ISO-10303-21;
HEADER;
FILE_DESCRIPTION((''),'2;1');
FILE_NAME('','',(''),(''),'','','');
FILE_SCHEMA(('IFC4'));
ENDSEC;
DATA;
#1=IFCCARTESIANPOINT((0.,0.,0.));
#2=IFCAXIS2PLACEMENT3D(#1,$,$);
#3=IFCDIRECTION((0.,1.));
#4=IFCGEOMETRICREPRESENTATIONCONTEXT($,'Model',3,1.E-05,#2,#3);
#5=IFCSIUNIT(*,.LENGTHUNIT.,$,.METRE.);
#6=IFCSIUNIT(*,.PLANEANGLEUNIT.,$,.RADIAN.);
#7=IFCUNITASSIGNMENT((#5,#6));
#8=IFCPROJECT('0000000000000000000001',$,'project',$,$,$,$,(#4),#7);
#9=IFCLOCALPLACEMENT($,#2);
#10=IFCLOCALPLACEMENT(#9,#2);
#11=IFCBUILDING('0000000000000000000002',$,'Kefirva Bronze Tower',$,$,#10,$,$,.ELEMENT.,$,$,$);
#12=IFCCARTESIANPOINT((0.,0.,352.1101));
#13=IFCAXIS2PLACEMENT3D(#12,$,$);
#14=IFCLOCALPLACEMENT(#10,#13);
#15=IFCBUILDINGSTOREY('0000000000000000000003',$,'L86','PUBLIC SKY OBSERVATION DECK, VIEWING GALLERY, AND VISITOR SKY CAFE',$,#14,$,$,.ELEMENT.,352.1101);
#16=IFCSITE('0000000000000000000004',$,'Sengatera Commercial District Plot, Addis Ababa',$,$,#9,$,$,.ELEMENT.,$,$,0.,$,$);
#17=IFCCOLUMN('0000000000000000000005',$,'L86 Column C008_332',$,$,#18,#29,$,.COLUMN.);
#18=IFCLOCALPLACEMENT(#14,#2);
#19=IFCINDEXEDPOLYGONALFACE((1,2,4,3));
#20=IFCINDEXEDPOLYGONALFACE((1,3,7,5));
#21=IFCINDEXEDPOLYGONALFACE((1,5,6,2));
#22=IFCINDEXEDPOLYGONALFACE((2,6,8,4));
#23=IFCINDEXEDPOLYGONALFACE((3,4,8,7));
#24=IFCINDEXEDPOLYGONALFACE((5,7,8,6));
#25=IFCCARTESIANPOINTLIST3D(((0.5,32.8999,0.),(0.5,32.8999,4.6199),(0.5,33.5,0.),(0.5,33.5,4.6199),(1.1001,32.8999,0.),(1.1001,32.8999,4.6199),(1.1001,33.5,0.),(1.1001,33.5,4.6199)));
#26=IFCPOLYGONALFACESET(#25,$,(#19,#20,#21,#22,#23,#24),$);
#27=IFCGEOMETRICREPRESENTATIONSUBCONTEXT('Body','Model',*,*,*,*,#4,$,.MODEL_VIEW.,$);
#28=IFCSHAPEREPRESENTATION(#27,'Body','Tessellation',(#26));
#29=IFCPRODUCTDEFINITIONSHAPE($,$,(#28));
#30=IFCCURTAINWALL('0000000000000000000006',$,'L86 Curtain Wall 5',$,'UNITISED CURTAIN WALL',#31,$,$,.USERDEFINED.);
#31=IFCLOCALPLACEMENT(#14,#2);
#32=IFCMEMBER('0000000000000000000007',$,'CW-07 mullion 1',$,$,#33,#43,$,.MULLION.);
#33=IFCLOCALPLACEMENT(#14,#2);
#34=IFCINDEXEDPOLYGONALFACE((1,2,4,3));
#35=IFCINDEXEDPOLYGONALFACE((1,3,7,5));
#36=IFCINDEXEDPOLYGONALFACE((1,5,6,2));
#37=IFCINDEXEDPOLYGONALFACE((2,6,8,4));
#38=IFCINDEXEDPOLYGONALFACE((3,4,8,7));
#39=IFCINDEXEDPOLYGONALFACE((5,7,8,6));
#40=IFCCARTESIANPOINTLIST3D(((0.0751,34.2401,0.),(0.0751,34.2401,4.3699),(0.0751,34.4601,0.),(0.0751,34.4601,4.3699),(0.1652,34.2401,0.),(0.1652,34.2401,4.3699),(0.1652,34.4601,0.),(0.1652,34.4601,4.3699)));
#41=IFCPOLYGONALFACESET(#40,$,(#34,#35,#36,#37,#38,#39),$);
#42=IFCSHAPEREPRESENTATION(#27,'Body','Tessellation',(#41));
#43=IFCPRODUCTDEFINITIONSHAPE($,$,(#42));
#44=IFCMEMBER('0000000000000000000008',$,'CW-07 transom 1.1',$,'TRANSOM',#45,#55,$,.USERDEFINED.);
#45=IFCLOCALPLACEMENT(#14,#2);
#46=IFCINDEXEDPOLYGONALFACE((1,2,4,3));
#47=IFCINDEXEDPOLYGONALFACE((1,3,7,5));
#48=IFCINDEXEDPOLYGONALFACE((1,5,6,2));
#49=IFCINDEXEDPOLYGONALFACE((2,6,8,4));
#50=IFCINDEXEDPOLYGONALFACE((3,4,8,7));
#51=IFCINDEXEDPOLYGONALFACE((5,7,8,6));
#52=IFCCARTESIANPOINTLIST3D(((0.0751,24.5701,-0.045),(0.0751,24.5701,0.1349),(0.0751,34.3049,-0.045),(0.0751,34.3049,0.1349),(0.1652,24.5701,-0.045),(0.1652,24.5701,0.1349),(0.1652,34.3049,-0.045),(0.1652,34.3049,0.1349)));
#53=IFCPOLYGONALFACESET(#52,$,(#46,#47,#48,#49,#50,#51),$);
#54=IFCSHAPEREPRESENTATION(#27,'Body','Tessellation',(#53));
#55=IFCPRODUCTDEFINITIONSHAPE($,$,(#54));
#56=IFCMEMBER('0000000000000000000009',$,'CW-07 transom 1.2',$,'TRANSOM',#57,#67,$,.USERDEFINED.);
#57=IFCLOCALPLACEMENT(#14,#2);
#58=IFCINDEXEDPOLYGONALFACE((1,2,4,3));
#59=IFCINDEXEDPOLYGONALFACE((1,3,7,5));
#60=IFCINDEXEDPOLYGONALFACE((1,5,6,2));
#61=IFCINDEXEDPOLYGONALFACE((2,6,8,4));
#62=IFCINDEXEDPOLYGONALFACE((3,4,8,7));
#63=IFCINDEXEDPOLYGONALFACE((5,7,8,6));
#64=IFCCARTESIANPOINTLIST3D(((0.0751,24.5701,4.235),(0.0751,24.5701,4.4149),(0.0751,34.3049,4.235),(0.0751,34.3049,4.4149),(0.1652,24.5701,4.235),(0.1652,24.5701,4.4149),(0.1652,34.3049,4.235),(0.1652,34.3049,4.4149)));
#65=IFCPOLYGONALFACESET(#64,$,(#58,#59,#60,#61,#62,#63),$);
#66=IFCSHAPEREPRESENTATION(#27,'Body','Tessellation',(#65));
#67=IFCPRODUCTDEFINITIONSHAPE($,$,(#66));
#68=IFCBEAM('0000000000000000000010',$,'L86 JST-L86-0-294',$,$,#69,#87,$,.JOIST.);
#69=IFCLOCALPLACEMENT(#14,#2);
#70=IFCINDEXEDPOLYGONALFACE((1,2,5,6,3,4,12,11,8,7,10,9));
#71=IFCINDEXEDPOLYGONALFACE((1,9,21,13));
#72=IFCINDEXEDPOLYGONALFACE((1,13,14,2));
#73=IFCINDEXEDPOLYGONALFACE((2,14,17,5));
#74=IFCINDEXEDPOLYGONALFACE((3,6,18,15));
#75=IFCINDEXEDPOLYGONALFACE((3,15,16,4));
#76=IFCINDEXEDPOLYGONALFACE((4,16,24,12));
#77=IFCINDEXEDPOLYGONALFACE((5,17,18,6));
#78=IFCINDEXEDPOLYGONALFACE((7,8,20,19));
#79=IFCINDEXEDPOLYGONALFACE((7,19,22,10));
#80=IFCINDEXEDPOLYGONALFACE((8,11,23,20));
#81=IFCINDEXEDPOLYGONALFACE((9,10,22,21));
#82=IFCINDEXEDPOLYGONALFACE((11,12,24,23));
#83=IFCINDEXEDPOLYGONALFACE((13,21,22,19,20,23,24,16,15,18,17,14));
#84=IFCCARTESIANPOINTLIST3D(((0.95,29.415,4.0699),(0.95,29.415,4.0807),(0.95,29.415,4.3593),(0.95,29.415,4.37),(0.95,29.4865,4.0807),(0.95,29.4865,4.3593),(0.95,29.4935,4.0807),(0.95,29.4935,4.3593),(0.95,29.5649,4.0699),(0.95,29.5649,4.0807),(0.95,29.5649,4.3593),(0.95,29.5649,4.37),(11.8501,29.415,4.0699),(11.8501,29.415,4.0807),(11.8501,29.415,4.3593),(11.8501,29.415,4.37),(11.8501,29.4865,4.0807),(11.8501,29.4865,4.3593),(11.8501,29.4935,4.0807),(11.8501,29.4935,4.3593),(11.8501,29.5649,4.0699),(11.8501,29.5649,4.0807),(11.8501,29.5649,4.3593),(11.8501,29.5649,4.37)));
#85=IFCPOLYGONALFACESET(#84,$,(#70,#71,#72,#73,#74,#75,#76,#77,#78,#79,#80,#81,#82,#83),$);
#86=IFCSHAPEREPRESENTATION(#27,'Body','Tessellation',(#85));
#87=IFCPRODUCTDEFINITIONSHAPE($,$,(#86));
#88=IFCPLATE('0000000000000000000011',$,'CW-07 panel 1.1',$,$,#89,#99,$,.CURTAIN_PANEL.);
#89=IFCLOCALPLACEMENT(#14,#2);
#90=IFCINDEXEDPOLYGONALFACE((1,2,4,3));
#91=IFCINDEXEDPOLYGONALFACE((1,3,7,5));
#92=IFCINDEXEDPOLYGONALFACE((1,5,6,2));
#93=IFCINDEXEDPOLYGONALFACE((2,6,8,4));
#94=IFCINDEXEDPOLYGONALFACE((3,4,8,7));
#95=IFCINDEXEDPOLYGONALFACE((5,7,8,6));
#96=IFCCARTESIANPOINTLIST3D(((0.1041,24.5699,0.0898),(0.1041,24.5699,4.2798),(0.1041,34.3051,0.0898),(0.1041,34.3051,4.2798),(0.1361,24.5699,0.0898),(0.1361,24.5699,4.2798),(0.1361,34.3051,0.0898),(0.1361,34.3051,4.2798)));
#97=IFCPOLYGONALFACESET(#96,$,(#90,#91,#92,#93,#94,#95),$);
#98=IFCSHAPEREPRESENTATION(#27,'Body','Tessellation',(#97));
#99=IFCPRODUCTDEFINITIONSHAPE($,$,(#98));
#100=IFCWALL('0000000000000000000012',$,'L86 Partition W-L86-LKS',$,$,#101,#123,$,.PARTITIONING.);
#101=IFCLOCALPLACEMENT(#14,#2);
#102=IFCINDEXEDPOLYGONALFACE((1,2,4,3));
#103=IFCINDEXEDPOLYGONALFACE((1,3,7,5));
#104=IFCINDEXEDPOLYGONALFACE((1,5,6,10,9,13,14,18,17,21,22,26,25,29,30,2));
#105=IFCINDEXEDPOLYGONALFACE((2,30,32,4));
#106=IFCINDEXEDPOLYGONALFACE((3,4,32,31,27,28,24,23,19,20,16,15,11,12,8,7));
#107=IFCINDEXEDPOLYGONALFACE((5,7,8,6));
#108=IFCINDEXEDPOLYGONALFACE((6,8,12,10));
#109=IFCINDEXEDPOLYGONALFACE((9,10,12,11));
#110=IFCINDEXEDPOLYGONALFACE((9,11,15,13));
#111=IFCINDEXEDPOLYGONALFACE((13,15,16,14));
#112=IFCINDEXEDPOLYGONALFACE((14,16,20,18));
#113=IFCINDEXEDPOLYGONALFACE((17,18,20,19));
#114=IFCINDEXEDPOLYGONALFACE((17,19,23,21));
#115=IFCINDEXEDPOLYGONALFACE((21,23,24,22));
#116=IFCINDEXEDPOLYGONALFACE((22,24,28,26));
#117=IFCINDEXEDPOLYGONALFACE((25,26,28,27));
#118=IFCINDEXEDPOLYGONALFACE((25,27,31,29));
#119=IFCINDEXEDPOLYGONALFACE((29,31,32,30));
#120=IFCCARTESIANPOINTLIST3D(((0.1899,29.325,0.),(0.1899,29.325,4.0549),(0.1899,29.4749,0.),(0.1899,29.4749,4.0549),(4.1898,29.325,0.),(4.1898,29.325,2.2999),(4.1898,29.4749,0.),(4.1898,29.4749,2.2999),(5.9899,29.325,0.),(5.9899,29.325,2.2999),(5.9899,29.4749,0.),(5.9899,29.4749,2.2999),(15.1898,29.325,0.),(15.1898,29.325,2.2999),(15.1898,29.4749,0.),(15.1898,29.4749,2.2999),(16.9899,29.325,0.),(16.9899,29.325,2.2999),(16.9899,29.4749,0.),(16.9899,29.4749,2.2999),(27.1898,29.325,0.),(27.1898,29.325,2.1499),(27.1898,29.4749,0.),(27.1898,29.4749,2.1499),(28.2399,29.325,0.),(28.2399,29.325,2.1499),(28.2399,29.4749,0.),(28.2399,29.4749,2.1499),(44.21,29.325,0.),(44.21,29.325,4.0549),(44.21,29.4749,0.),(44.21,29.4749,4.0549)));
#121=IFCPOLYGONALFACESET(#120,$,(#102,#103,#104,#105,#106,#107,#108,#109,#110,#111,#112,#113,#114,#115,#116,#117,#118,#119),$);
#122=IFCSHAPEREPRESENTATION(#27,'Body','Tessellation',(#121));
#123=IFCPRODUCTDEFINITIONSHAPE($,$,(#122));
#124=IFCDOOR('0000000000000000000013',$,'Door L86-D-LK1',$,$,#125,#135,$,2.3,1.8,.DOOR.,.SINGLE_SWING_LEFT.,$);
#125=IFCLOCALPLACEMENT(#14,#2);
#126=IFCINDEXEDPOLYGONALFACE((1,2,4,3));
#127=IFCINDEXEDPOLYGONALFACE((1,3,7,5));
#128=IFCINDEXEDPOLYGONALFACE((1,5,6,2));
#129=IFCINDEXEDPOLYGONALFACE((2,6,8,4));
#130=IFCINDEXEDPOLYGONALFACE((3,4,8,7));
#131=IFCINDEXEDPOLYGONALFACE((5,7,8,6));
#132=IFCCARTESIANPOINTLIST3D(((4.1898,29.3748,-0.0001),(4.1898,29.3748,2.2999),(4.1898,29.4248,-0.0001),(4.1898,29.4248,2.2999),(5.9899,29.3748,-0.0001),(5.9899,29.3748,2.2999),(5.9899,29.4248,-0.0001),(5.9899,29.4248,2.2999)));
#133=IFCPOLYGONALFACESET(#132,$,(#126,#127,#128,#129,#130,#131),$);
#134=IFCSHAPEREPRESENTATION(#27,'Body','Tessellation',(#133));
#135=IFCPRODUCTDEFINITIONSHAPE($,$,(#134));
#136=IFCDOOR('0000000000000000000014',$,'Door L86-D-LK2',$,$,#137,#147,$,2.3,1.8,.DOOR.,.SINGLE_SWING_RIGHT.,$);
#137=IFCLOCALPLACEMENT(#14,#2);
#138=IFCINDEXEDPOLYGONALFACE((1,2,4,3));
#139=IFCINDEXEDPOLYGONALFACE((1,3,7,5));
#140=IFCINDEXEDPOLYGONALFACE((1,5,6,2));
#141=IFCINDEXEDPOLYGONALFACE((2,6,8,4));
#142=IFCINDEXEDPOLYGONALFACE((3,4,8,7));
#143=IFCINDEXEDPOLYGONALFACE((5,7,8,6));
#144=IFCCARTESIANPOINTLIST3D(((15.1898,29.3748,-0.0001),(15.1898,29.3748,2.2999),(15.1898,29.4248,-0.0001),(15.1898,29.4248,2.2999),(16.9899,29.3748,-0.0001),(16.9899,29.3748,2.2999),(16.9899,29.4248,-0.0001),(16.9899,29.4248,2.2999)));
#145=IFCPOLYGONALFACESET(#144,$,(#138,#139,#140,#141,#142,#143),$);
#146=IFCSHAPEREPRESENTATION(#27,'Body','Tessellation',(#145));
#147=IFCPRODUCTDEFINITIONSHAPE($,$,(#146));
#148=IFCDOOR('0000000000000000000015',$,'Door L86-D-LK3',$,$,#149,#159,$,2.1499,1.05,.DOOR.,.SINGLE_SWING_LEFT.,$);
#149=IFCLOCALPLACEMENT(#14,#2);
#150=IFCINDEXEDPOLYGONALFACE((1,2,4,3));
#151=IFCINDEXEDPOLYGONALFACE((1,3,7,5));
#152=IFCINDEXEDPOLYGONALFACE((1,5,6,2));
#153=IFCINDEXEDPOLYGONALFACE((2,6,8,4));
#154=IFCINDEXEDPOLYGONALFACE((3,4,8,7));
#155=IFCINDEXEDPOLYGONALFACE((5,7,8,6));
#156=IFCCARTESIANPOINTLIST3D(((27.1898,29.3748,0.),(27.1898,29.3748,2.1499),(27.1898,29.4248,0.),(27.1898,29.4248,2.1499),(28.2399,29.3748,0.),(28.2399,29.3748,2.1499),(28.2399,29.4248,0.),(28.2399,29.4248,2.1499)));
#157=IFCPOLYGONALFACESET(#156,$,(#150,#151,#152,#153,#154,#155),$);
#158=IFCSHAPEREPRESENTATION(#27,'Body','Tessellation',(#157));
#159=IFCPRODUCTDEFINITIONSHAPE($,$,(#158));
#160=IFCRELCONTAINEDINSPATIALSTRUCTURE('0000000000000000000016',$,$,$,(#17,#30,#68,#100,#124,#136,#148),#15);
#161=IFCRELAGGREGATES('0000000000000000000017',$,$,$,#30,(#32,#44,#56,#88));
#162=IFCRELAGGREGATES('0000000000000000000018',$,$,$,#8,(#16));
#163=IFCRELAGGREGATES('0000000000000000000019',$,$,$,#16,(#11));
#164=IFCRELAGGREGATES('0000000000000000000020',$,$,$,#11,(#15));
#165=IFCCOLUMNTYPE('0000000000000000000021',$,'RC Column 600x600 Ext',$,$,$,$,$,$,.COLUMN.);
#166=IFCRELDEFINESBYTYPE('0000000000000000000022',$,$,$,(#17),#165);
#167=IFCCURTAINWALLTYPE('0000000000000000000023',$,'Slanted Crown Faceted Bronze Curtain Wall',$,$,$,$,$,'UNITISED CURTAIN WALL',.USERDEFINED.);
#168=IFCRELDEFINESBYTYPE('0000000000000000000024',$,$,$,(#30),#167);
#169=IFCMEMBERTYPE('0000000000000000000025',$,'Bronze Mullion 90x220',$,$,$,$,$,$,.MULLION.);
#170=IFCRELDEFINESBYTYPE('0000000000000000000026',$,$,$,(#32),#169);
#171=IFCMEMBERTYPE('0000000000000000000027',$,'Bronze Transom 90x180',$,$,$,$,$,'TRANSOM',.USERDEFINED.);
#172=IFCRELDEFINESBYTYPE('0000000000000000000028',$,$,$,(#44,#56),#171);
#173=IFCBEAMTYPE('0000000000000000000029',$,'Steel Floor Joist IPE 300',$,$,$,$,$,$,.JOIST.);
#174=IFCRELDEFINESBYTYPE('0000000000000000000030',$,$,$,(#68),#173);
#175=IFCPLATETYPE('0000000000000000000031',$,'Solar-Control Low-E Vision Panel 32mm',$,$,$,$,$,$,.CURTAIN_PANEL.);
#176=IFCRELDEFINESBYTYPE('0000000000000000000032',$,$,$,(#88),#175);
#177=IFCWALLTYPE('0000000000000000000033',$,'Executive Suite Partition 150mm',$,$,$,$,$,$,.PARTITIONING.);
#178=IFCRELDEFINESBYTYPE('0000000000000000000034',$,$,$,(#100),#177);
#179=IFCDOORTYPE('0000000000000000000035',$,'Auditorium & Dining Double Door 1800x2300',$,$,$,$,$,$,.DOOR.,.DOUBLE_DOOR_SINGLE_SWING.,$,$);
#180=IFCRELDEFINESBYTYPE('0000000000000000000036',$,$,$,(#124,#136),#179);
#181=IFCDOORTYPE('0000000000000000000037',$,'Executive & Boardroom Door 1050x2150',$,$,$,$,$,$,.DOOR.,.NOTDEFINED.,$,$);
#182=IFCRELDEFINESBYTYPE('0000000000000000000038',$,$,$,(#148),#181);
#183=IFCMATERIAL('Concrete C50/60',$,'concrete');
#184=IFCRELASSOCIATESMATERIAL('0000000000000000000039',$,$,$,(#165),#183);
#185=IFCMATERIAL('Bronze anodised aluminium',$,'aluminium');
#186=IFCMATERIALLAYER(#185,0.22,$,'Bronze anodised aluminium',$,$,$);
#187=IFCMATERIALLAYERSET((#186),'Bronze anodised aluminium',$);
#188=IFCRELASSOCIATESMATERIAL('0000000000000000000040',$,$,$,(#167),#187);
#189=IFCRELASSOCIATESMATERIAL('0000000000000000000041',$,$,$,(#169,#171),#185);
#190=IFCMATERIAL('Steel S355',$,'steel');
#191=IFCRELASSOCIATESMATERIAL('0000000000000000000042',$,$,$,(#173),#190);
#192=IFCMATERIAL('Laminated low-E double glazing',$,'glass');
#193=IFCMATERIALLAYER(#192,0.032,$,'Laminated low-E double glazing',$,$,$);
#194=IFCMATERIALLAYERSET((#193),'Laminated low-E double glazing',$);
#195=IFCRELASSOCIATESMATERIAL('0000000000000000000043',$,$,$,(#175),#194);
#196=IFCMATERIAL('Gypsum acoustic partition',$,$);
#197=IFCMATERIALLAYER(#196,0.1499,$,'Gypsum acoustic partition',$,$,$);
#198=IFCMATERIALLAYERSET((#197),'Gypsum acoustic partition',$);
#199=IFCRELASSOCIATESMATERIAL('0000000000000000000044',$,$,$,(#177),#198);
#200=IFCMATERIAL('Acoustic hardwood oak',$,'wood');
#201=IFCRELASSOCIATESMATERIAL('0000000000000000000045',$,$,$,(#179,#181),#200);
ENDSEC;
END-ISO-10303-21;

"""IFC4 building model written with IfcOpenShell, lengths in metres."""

from ifc_helpers import new_model, si_unit, direction, frame, frame_2d, origin, origin_2d, place, context, subcontext, project, spatial, rectangle, i_section, extrude, material, layer, layer_set, material_profile, profile_set, type_object, element, fill, aggregate, save


model = new_model("IFC4")

# Units and contexts
model_context = context("Model", 3, precision=1e-05, world=origin(), true_north=direction((0.0, 1.0)))
body_context = subcontext(model_context, "Body", "Model", "MODEL_VIEW")
ifc_project = project(units=[si_unit("LENGTHUNIT", "METRE"), si_unit("PLANEANGLEUNIT", "RADIAN")], contexts=[model_context])

# Site, building, storey
site_placement = place(None, origin())
site = spatial("IfcSite", under=ifc_project, at=site_placement, Name="Sengatera Commercial District Plot, Addis Ababa", CompositionType="ELEMENT", RefElevation=0.0)
building_placement = place(site_placement, origin())
building = spatial("IfcBuilding", under=site, at=building_placement, Name="Kefirva Bronze Tower", CompositionType="ELEMENT")
storey_placement = place(building_placement, frame((0.0, 0.0, 352.1101)))
storey = spatial("IfcBuildingStorey", under=building, at=storey_placement, Name="L86", Description="PUBLIC SKY OBSERVATION DECK, VIEWING GALLERY, AND VISITOR SKY CAFE", CompositionType="ELEMENT", Elevation=352.1101)

# Column
ifc_material_1 = material(Name="Concrete C50/60", Category="concrete")
ifc_material_profile_1 = material_profile(ifc_material_1, rectangle(XDim=0.6001, YDim=0.6001, at=origin_2d()), Name="RC 600x600")
ifc_profile_set_1 = profile_set([ifc_material_profile_1], Name="Concrete C50/60")
column_type = type_object("IfcColumnType", Name="RC Column 600x600 Ext", PredefinedType="COLUMN", material=ifc_profile_set_1)
column_placement = place(storey_placement, frame((0.8, 33.2, 0.0), z_axis=(0.0, 0.0, 1.0), x_axis=(1.0, 0.0, 0.0)))
element("IfcColumn", 1, at=column_placement, inside=storey, type_object=column_type, Name="L86 Column C008_332", PredefinedType="COLUMN", context=body_context, shape_type="SweptSolid", body=[
    extrude(rectangle(XDim=0.6001, YDim=0.6001, at=origin_2d()), origin(), (0.0, 0.0, 1.0), 4.6199),
])

# Curtain wall, members
ifc_material_2 = material(Name="Bronze anodised aluminium", Category="aluminium")
ifc_layer_1 = layer(ifc_material_2, 0.22, Name="Bronze anodised aluminium")
ifc_layer_set_1 = layer_set([ifc_layer_1], Name="Bronze anodised aluminium")
curtain_wall_type = type_object("IfcCurtainWallType", Name="Slanted Crown Faceted Bronze Curtain Wall", ElementType="UNITISED CURTAIN WALL", PredefinedType="USERDEFINED", material=ifc_layer_set_1)
curtain_wall_placement = place(storey_placement, origin())
curtain_wall = element("IfcCurtainWall", 2, at=curtain_wall_placement, inside=storey, type_object=curtain_wall_type, Name="L86 Curtain Wall 5", ObjectType="UNITISED CURTAIN WALL", PredefinedType="USERDEFINED")
ifc_material_profile_2 = material_profile(ifc_material_2, rectangle(XDim=0.0901, YDim=0.22, at=origin_2d()), Name="ALU 90x220")
ifc_profile_set_2 = profile_set([ifc_material_profile_2], Name="Bronze anodised aluminium")
member_type_1 = type_object("IfcMemberType", Name="Bronze Mullion 90x220", PredefinedType="MULLION", material=ifc_profile_set_2)
member_1_placement = place(storey_placement, frame((0.1201, 34.3501, 0.0), z_axis=(0.0, 0.0, 1.0), x_axis=(1.0, 0.0, 0.0)))
member_1 = element("IfcMember", 3, at=member_1_placement, type_object=member_type_1, Name="CW-07 mullion 1", PredefinedType="MULLION", context=body_context, shape_type="SweptSolid", body=[
    extrude(rectangle(XDim=0.0901, YDim=0.22, at=origin_2d()), origin(), (0.0, 0.0, 1.0), 4.3699),
])
ifc_material_profile_3 = material_profile(ifc_material_2, rectangle(XDim=0.0901, YDim=0.1799, at=origin_2d()), Name="ALU 90x180")
ifc_profile_set_3 = profile_set([ifc_material_profile_3], Name="Bronze anodised aluminium")
member_type_2 = type_object("IfcMemberType", Name="Bronze Transom 90x180", ElementType="TRANSOM", PredefinedType="USERDEFINED", material=ifc_profile_set_3)
member_2_placement = place(storey_placement, frame((0.1201, 34.3049, 0.0449), z_axis=(0.0, -1.0, 0.0), x_axis=(1.0, 0.0, 0.0)))
member_2 = element("IfcMember", 4, at=member_2_placement, type_object=member_type_2, Name="CW-07 transom 1.1", ObjectType="TRANSOM", PredefinedType="USERDEFINED", context=body_context, shape_type="SweptSolid", body=[
    extrude(rectangle(XDim=0.0901, YDim=0.1799, at=origin_2d()), origin(), (0.0, 0.0, 1.0), 9.7349),
])
member_3_placement = place(storey_placement, frame((0.1201, 34.3049, 4.325), z_axis=(0.0, -1.0, 0.0), x_axis=(1.0, 0.0, 0.0)))
member_3 = element("IfcMember", 5, at=member_3_placement, type_object=member_type_2, Name="CW-07 transom 1.2", ObjectType="TRANSOM", PredefinedType="USERDEFINED", context=body_context, shape_type="SweptSolid", body=[
    extrude(rectangle(XDim=0.0901, YDim=0.1799, at=origin_2d()), origin(), (0.0, 0.0, 1.0), 9.7349),
])

# Beam
ifc_material_3 = material(Name="Steel S355", Category="steel")
ifc_material_profile_4 = material_profile(ifc_material_3, i_section(OverallWidth=0.1499, OverallDepth=0.3, WebThickness=0.0071, FlangeThickness=0.0107, at=origin_2d()), Name="IPE 300")
ifc_profile_set_4 = profile_set([ifc_material_profile_4], Name="Steel S355")
beam_type = type_object("IfcBeamType", Name="Steel Floor Joist IPE 300", PredefinedType="JOIST", material=ifc_profile_set_4)
beam_placement = place(storey_placement, frame((0.95, 29.49, 4.22), z_axis=(1.0, 0.0, 0.0), x_axis=(0.0, 1.0, 0.0)))
element("IfcBeam", 6, at=beam_placement, inside=storey, type_object=beam_type, Name="L86 JST-L86-0-294", PredefinedType="JOIST", context=body_context, shape_type="SweptSolid", body=[
    extrude(i_section(OverallWidth=0.1499, OverallDepth=0.3, WebThickness=0.0071, FlangeThickness=0.0107, at=origin_2d()), origin(), (0.0, 0.0, 1.0), 10.9001),
])

# Plate
ifc_material_4 = material(Name="Laminated low-E double glazing", Category="glass")
ifc_layer_2 = layer(ifc_material_4, 0.032, Name="Laminated low-E double glazing")
ifc_layer_set_2 = layer_set([ifc_layer_2], Name="Laminated low-E double glazing")
plate_type = type_object("IfcPlateType", Name="Solar-Control Low-E Vision Panel 32mm", PredefinedType="CURTAIN_PANEL", material=ifc_layer_set_2)
plate_placement = place(storey_placement, frame((0.1201, 29.4375, 0.0898), z_axis=(0.0, 0.0, 1.0), x_axis=(0.0, -1.0, 0.0)))
plate = element("IfcPlate", 7, at=plate_placement, type_object=plate_type, Name="CW-07 panel 1.1", PredefinedType="CURTAIN_PANEL", context=body_context, shape_type="SweptSolid", body=[
    extrude(rectangle(XDim=9.7351, YDim=0.032, at=origin_2d()), origin(), (0.0, 0.0, 1.0), 4.1899),
])
aggregate(curtain_wall, [member_1, member_2, member_3, plate])

# Wall, openings, doors
ifc_material_5 = material(Name="Gypsum acoustic partition")
ifc_layer_3 = layer(ifc_material_5, 0.1499, Name="Gypsum acoustic partition")
ifc_layer_set_3 = layer_set([ifc_layer_3], Name="Gypsum acoustic partition")
wall_type_1 = type_object("IfcWallType", Name="Executive Suite Partition 150mm", PredefinedType="PARTITIONING", material=ifc_layer_set_3)
wall_1_placement = place(storey_placement, frame((0.1899, 29.3999, 0.0), z_axis=(0.0, 0.0, 1.0), x_axis=(1.0, 0.0, 0.0)))
wall_1 = element("IfcWall", 8, at=wall_1_placement, inside=storey, type_object=wall_type_1, Name="L86 Partition W-L86-LKS", PredefinedType="PARTITIONING", context=body_context, shape_type="SweptSolid", body=[
    extrude(rectangle(XDim=44.02, YDim=0.1499, at=frame_2d((22.01, 0.0))), origin(), (0.0, 0.0, 1.0), 4.0549),
])
opening_1_placement = place(wall_1_placement, frame((4.0, 0.0, 0.0)))
opening_1 = element("IfcOpeningElement", 9, at=opening_1_placement, cuts=wall_1, PredefinedType="OPENING", context=body_context, shape_type="SweptSolid", body=[
    extrude(rectangle(XDim=1.8, YDim=2.3, at=frame_2d((0.8999, 1.1499))), frame((0.0, 0.085, 0.0), z_axis=(0.0, -1.0, 0.0), x_axis=(1.0, 0.0, 0.0)), (0.0, 0.0, 1.0), 0.1699),
])
opening_2_placement = place(wall_1_placement, frame((15.0, 0.0, 0.0)))
opening_2 = element("IfcOpeningElement", 10, at=opening_2_placement, cuts=wall_1, PredefinedType="OPENING", context=body_context, shape_type="SweptSolid", body=[
    extrude(rectangle(XDim=1.8, YDim=2.3, at=frame_2d((0.8999, 1.1499))), frame((0.0, 0.085, 0.0), z_axis=(0.0, -1.0, 0.0), x_axis=(1.0, 0.0, 0.0)), (0.0, 0.0, 1.0), 0.1699),
])
opening_3_placement = place(wall_1_placement, frame((27.0, 0.0, 0.0)))
opening_3 = element("IfcOpeningElement", 11, at=opening_3_placement, cuts=wall_1, PredefinedType="OPENING", context=body_context, shape_type="SweptSolid", body=[
    extrude(rectangle(XDim=1.05, YDim=2.1499, at=frame_2d((0.5249, 1.075))), frame((0.0, 0.085, 0.0), z_axis=(0.0, -1.0, 0.0), x_axis=(1.0, 0.0, 0.0)), (0.0, 0.0, 1.0), 0.1699),
])
ifc_material_6 = material(Name="Acoustic hardwood oak", Category="wood")
door_type_1 = type_object("IfcDoorType", Name="Auditorium & Dining Double Door 1800x2300", OperationType="DOUBLE_DOOR_SINGLE_SWING", PredefinedType="DOOR", material=ifc_material_6)
door_1_placement = place(opening_1_placement, origin())
door_1 = element("IfcDoor", 12, at=door_1_placement, inside=storey, type_object=door_type_1, Name="Door L86-D-LK1", OperationType="SINGLE_SWING_LEFT", OverallHeight=2.3, OverallWidth=1.8, PredefinedType="DOOR", context=body_context, shape_type="SweptSolid", body=[
    extrude(rectangle(XDim=1.8, YDim=2.3, at=frame_2d((0.8999, 1.1499))), frame((0.0, 0.0249, 0.0), z_axis=(0.0, -1.0, 0.0), x_axis=(1.0, 0.0, 0.0)), (0.0, 0.0, 1.0), 0.05),
])
fill(opening_1, door_1)
door_2_placement = place(opening_2_placement, origin())
door_2 = element("IfcDoor", 13, at=door_2_placement, inside=storey, type_object=door_type_1, Name="Door L86-D-LK2", OperationType="SINGLE_SWING_RIGHT", OverallHeight=2.3, OverallWidth=1.8, PredefinedType="DOOR", context=body_context, shape_type="SweptSolid", body=[
    extrude(rectangle(XDim=1.8, YDim=2.3, at=frame_2d((0.8999, 1.1499))), frame((0.0, 0.0249, 0.0), z_axis=(0.0, -1.0, 0.0), x_axis=(1.0, 0.0, 0.0)), (0.0, 0.0, 1.0), 0.05),
])
fill(opening_2, door_2)
door_type_2 = type_object("IfcDoorType", Name="Executive & Boardroom Door 1050x2150", OperationType="NOTDEFINED", PredefinedType="DOOR", material=ifc_material_6)
door_3_placement = place(opening_3_placement, origin())
door_3 = element("IfcDoor", 14, at=door_3_placement, inside=storey, type_object=door_type_2, Name="Door L86-D-LK3", OperationType="SINGLE_SWING_LEFT", OverallHeight=2.1499, OverallWidth=1.05, PredefinedType="DOOR", context=body_context, shape_type="SweptSolid", body=[
    extrude(rectangle(XDim=1.05, YDim=2.1499, at=frame_2d((0.5249, 1.075))), frame((0.0, 0.0249, 0.0), z_axis=(0.0, -1.0, 0.0), x_axis=(1.0, 0.0, 0.0)), (0.0, 0.0, 1.0), 0.05),
])
fill(opening_3, door_3)

save(model, "model.ifc")
